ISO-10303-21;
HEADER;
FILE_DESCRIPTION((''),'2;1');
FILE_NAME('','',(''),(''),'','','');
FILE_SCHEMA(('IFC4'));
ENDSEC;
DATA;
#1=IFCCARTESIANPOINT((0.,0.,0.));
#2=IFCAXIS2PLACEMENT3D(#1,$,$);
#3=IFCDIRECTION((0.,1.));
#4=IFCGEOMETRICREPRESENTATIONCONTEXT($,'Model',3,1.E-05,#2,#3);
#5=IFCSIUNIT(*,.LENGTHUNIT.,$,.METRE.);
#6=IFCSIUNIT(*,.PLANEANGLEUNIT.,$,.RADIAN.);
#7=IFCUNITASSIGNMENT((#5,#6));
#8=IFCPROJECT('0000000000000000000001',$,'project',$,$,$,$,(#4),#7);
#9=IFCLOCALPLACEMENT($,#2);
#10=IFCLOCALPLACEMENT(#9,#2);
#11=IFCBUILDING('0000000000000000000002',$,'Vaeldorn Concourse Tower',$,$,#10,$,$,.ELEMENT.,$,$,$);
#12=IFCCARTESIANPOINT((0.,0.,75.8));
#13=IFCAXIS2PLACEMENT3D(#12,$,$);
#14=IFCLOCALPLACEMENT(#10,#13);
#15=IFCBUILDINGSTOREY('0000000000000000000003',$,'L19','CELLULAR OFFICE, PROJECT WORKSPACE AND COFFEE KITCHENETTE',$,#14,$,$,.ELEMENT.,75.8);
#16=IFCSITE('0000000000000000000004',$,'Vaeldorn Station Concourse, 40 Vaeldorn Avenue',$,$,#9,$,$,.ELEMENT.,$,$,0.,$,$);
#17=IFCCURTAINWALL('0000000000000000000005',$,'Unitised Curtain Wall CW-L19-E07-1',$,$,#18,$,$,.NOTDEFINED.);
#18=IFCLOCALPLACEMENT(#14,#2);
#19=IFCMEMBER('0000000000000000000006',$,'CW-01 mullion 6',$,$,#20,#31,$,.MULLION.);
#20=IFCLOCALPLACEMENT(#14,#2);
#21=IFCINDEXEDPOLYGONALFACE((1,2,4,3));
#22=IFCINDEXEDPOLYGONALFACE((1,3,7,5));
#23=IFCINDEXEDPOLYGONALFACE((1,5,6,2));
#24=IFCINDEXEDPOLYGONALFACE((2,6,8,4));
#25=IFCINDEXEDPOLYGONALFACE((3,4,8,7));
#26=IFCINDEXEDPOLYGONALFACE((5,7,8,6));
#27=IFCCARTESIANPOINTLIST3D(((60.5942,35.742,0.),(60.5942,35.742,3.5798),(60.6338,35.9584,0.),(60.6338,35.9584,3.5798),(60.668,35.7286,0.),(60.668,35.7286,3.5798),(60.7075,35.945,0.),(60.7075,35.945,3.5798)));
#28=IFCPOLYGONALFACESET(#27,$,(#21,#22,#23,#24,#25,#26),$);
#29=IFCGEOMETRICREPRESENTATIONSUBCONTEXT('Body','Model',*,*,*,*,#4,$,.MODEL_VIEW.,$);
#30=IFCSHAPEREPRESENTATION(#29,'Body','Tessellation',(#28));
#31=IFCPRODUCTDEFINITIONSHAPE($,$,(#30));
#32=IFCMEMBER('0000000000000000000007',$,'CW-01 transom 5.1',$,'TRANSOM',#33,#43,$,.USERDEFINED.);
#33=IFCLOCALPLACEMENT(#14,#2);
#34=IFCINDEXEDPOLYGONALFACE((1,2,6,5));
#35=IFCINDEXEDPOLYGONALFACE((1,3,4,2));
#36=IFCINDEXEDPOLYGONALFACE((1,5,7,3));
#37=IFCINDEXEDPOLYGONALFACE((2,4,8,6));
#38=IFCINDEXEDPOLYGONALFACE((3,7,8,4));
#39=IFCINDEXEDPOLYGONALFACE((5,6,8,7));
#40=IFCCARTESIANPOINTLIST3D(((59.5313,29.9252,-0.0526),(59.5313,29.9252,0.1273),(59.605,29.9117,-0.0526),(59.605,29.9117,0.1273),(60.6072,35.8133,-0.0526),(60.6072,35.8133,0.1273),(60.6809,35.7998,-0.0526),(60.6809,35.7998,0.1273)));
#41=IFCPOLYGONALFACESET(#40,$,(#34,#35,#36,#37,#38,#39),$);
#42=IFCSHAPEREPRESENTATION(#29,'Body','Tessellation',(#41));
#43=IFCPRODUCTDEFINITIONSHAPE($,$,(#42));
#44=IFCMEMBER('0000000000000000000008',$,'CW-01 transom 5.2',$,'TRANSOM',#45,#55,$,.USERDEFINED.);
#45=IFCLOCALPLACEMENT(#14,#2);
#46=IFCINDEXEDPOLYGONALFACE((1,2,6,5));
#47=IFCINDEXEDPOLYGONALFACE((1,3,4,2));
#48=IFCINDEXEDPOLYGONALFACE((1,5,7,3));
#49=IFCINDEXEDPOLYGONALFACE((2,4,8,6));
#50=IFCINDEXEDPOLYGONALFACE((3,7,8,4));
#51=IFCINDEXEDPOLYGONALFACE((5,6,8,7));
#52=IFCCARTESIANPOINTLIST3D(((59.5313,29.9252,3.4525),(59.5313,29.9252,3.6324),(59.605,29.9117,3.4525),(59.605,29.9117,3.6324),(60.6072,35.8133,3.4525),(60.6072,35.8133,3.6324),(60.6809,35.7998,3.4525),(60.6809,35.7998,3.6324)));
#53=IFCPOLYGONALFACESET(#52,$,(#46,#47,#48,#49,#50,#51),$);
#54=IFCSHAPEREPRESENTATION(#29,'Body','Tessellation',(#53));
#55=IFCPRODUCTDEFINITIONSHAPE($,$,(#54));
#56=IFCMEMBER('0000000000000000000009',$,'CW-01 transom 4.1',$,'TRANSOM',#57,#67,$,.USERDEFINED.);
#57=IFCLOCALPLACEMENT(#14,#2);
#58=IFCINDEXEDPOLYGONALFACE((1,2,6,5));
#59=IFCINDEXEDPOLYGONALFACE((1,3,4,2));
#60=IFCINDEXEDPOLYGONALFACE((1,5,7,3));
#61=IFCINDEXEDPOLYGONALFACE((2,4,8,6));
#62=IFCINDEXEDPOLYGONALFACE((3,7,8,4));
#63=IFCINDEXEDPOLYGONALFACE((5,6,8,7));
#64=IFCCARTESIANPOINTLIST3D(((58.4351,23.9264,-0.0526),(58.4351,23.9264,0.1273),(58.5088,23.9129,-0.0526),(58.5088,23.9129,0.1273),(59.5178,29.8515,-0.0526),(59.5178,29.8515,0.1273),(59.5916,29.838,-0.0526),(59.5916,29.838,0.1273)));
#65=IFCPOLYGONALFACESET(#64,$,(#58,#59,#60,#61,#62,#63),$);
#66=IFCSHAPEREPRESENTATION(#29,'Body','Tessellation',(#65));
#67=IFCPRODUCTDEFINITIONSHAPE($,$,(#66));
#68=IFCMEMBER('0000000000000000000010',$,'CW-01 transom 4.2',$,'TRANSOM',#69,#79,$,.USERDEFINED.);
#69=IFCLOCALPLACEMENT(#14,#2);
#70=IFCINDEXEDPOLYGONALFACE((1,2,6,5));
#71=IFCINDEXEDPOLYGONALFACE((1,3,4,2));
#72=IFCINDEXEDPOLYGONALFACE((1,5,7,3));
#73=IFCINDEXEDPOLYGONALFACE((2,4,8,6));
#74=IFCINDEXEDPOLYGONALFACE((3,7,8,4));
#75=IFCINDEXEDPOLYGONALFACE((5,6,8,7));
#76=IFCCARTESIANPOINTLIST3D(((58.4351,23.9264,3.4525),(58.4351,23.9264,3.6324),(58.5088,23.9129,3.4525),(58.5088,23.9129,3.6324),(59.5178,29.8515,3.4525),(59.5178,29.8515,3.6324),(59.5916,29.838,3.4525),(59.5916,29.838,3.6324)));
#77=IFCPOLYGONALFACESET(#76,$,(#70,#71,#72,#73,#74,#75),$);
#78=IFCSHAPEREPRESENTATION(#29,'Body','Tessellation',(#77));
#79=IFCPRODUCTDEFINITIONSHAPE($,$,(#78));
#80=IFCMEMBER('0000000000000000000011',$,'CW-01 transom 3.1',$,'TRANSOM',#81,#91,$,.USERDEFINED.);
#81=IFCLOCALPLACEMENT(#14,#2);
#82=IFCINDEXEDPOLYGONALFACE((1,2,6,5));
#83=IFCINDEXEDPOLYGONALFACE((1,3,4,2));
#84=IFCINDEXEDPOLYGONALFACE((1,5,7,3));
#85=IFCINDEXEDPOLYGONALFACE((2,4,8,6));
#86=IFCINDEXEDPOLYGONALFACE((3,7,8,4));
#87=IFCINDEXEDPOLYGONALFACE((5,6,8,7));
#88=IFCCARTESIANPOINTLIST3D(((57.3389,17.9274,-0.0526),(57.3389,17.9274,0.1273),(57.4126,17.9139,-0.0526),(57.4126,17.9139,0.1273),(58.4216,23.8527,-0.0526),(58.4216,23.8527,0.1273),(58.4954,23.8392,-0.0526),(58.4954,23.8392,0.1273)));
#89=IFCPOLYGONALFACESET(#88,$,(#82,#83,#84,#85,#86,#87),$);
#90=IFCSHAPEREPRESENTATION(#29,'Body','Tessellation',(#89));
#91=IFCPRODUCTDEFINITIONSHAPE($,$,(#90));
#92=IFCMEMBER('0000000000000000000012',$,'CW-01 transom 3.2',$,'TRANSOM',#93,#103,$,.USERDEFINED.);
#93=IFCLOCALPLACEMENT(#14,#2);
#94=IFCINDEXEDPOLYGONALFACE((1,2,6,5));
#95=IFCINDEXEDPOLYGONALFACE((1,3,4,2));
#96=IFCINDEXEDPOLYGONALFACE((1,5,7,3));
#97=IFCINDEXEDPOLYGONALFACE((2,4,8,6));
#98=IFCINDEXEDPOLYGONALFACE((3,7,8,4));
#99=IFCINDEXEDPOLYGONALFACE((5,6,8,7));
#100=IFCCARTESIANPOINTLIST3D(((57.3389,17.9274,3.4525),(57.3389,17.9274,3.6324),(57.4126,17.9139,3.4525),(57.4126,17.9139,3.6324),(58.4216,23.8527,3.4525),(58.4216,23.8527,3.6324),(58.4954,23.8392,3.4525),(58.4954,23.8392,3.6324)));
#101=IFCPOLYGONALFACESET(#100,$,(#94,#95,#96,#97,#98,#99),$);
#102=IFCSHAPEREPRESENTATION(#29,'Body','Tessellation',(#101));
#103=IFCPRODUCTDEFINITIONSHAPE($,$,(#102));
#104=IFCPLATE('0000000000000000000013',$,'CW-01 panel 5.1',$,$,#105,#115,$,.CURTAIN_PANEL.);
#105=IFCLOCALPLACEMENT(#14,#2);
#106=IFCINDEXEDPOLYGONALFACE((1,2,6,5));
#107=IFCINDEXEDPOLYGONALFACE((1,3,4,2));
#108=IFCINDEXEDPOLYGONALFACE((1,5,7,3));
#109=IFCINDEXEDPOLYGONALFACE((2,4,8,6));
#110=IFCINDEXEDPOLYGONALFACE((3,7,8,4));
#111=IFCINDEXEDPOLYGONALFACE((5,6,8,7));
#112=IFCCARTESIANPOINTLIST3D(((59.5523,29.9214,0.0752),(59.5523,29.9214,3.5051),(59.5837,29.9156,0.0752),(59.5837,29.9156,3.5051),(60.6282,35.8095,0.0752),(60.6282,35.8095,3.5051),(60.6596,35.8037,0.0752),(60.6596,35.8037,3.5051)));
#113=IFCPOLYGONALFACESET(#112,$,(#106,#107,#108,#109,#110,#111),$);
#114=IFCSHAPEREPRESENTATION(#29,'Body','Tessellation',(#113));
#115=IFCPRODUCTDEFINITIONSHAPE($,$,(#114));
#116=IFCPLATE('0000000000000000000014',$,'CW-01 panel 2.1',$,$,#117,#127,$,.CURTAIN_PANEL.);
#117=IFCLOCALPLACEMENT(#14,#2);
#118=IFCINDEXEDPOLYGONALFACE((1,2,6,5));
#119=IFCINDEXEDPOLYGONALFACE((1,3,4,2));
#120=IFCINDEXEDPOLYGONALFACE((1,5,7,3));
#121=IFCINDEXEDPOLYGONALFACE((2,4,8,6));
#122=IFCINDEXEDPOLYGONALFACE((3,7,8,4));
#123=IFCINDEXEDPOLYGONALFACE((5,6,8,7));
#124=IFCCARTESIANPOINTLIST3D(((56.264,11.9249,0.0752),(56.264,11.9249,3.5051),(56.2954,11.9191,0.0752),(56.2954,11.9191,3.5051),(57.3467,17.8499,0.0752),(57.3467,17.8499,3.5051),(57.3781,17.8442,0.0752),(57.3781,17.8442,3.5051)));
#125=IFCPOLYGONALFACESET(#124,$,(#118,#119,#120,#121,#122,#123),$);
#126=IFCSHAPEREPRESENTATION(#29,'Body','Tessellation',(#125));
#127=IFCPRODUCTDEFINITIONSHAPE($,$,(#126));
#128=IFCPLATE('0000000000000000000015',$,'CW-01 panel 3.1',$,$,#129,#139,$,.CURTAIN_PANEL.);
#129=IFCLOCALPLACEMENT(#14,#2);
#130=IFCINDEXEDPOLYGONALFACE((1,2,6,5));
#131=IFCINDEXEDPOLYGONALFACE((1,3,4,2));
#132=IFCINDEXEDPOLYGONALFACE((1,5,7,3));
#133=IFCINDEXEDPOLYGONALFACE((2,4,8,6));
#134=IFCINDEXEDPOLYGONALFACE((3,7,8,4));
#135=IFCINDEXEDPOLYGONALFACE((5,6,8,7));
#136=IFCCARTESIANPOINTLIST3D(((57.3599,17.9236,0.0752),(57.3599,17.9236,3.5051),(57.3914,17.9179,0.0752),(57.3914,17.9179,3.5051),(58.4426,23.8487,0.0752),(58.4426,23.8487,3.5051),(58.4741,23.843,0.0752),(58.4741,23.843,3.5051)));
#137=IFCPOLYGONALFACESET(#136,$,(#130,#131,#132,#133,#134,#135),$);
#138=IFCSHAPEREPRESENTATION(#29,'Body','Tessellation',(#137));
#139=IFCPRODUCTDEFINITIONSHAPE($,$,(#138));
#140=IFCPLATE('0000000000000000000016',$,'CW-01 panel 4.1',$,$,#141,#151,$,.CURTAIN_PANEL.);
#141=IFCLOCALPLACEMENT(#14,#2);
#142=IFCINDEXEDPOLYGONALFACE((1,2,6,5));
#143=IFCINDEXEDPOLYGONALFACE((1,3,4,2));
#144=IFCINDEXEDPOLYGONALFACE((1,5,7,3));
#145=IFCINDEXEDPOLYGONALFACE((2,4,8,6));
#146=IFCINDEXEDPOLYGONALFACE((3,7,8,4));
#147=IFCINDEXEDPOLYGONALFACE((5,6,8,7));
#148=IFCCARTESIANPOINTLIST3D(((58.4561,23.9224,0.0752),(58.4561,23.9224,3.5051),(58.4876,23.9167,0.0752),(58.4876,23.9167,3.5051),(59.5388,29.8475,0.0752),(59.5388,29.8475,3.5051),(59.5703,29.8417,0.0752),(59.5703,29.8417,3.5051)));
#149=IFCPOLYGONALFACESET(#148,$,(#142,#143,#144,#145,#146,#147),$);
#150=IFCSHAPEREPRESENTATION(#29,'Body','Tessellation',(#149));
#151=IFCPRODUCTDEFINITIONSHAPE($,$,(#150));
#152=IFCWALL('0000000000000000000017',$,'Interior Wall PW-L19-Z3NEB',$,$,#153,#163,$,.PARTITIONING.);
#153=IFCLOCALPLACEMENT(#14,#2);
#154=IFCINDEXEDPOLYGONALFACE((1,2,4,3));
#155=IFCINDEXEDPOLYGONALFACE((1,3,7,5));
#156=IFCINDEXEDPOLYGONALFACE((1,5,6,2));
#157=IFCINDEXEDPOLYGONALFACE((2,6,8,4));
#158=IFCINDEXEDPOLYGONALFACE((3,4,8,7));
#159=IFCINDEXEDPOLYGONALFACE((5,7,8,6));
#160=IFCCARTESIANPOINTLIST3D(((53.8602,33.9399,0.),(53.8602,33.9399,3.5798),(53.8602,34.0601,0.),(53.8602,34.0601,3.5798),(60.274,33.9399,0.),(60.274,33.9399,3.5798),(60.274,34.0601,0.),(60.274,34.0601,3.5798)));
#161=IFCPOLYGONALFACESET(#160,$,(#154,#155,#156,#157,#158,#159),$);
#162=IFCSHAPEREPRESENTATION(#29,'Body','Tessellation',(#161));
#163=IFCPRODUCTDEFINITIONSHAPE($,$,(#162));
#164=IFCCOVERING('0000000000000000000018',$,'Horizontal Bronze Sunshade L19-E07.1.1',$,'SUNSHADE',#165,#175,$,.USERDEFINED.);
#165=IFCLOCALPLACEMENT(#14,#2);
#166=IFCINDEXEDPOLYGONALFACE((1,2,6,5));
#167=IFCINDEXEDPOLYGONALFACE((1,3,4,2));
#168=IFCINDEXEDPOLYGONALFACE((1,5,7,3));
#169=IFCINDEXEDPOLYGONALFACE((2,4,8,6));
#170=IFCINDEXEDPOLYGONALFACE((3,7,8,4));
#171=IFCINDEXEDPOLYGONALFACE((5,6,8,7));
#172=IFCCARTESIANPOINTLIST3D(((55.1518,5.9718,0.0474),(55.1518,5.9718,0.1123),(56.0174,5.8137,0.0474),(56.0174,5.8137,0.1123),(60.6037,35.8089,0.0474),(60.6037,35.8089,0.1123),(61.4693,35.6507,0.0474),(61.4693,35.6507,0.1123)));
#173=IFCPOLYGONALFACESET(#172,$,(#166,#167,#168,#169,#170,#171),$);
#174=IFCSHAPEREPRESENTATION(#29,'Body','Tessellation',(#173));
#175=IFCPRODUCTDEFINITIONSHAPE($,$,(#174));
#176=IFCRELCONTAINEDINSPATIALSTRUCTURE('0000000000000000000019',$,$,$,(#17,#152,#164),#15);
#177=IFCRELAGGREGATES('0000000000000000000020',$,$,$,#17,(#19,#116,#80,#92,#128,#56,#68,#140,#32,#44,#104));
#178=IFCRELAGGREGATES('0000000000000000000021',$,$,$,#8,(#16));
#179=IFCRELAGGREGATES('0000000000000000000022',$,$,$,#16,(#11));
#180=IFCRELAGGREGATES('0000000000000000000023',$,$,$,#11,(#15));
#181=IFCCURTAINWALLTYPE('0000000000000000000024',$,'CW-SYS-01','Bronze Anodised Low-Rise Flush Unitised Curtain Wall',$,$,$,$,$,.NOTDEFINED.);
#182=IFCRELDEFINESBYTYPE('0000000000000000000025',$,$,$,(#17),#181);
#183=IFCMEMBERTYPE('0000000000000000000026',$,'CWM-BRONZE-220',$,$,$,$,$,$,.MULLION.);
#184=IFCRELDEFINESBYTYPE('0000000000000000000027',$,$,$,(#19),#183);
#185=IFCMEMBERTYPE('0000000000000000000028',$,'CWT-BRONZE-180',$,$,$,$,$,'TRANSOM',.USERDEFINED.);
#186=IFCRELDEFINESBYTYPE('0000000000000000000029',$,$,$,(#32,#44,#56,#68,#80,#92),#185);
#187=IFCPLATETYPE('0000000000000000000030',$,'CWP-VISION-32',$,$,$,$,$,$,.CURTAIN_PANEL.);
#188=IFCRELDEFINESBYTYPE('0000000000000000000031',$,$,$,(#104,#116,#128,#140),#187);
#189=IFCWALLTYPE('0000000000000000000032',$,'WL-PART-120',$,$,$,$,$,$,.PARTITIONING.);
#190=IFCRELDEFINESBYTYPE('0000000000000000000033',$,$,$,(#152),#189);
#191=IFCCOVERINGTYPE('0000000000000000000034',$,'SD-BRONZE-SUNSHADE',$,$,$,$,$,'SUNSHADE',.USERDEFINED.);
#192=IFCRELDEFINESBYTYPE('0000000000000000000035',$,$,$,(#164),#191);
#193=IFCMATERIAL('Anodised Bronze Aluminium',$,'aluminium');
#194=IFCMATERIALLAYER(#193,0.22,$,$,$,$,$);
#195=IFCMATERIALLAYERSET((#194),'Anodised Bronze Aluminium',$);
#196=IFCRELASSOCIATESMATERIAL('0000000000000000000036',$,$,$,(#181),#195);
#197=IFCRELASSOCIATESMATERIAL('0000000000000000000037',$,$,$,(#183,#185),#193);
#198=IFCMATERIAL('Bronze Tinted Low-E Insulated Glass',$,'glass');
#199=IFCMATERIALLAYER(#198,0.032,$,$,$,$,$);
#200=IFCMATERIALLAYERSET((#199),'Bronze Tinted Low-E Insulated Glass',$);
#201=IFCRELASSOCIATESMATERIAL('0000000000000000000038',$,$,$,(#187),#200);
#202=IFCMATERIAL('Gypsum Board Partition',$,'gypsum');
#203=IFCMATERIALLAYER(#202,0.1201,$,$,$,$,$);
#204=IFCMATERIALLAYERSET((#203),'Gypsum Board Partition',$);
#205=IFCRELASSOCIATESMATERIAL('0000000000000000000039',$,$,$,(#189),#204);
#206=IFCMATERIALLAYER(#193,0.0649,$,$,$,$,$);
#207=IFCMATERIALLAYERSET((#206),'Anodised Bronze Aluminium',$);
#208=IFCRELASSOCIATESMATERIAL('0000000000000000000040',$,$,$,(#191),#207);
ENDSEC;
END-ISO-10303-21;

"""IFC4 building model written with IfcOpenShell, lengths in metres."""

from ifc_helpers import new_model, si_unit, direction, frame, frame_2d, origin, origin_2d, place, context, subcontext, project, spatial, rectangle, extrude, source, transform, mapped, material, layer, layer_set, material_profile, profile_set, type_object, element, aggregate, save


model = new_model("IFC4")

# Units and contexts
model_context = context("Model", 3, precision=1e-05, world=origin(), true_north=direction((0.0, 1.0)))
body_context = subcontext(model_context, "Body", "Model", "MODEL_VIEW")
ifc_project = project(units=[si_unit("LENGTHUNIT", "METRE"), si_unit("PLANEANGLEUNIT", "RADIAN")], contexts=[model_context])

# Site, building, storey
site_placement = place(None, origin())
site = spatial("IfcSite", under=ifc_project, at=site_placement, Name="Vaeldorn Station Concourse, 40 Vaeldorn Avenue", CompositionType="ELEMENT", RefElevation=0.0)
building_placement = place(site_placement, origin())
building = spatial("IfcBuilding", under=site, at=building_placement, Name="Vaeldorn Concourse Tower", CompositionType="ELEMENT")
storey_placement = place(building_placement, frame((0.0, 0.0, 75.8)))
storey = spatial("IfcBuildingStorey", under=building, at=storey_placement, Name="L19", Description="CELLULAR OFFICE, PROJECT WORKSPACE AND COFFEE KITCHENETTE", CompositionType="ELEMENT", Elevation=75.8)

# Curtain wall, members, plates
ifc_material_1 = material(Name="Anodised Bronze Aluminium", Category="aluminium")
ifc_layer_1 = layer(ifc_material_1, 0.22)
ifc_layer_set_1 = layer_set([ifc_layer_1], Name="Anodised Bronze Aluminium")
curtain_wall_type = type_object("IfcCurtainWallType", Name="CW-SYS-01", Description="Bronze Anodised Low-Rise Flush Unitised Curtain Wall", PredefinedType="NOTDEFINED", material=ifc_layer_set_1)
curtain_wall_placement = place(storey_placement, origin())
curtain_wall = element("IfcCurtainWall", 1, at=curtain_wall_placement, inside=storey, type_object=curtain_wall_type, Name="Unitised Curtain Wall CW-L19-E07-1", PredefinedType="NOTDEFINED")
ifc_material_profile_1 = material_profile(ifc_material_1, rectangle(XDim=0.075, YDim=0.22, at=origin_2d()), Name="CWM 75x220")
ifc_profile_set_1 = profile_set([ifc_material_profile_1], Name="Anodised Bronze Aluminium")
member_type_1 = type_object("IfcMemberType", Name="CWM-BRONZE-220", PredefinedType="MULLION", material=ifc_profile_set_1)
shared_shape_1 = source(origin(), body_context, "Body", "SweptSolid", [
    extrude(rectangle(XDim=0.075, YDim=0.22, at=origin_2d()), origin(), (0.0, 0.0, 1.0), 3.5798),
])
member_1_placement = place(storey_placement, frame((60.6509, 35.8435, 0.0), z_axis=(0.0, 0.0, 1.0), x_axis=(-0.983712, 0.179751, 0.0)))
member_1 = element("IfcMember", 2, at=member_1_placement, type_object=member_type_1, Name="CW-01 mullion 6", PredefinedType="MULLION", context=body_context, shape_type="MappedRepresentation", body=[
    mapped(shared_shape_1, transform((0.0, 0.0, 0.0), scale=1.0)),
])
ifc_material_profile_2 = material_profile(ifc_material_1, rectangle(XDim=0.075, YDim=0.1799, at=origin_2d()), Name="CWT 75x180")
ifc_profile_set_2 = profile_set([ifc_material_profile_2], Name="Anodised Bronze Aluminium")
member_type_2 = type_object("IfcMemberType", Name="CWT-BRONZE-180", ElementType="TRANSOM", PredefinedType="USERDEFINED", material=ifc_profile_set_2)
shared_shape_2 = source(origin(), body_context, "Body", "SweptSolid", [
    extrude(rectangle(XDim=0.075, YDim=0.1799, at=origin_2d()), origin(), (0.0, 0.0, 1.0), 5.9856),
])
member_2_placement = place(storey_placement, frame((59.5681, 29.9185, 0.0374), z_axis=(0.17975, 0.983712, 0.0), x_axis=(-0.983712, 0.17975, 0.0)))
member_2 = element("IfcMember", 3, at=member_2_placement, type_object=member_type_2, Name="CW-01 transom 5.1", ObjectType="TRANSOM", PredefinedType="USERDEFINED", context=body_context, shape_type="MappedRepresentation", body=[
    mapped(shared_shape_2, transform((0.0, 0.0, 0.0), scale=1.0)),
])
member_3_placement = place(storey_placement, frame((59.5681, 29.9185, 3.5425), z_axis=(0.17975, 0.983712, 0.0), x_axis=(-0.983712, 0.17975, 0.0)))
member_3 = element("IfcMember", 4, at=member_3_placement, type_object=member_type_2, Name="CW-01 transom 5.2", ObjectType="TRANSOM", PredefinedType="USERDEFINED", context=body_context, shape_type="MappedRepresentation", body=[
    mapped(shared_shape_2, transform((0.0, 0.0, 0.0), scale=1.0)),
])
shared_shape_3 = source(origin(), body_context, "Body", "SweptSolid", [
    extrude(rectangle(XDim=0.075, YDim=0.1799, at=origin_2d()), origin(), (0.0, 0.0, 1.0), 6.0232),
])
member_4_placement = place(storey_placement, frame((58.4719, 23.9197, 0.0374), z_axis=(0.179766, 0.983709, 0.0), x_axis=(-0.983709, 0.179766, 0.0)))
member_4 = element("IfcMember", 5, at=member_4_placement, type_object=member_type_2, Name="CW-01 transom 4.1", ObjectType="TRANSOM", PredefinedType="USERDEFINED", context=body_context, shape_type="MappedRepresentation", body=[
    mapped(shared_shape_3, transform((0.0, 0.0, 0.0), scale=1.0)),
])
member_5_placement = place(storey_placement, frame((58.4719, 23.9197, 3.5425), z_axis=(0.179766, 0.983709, 0.0), x_axis=(-0.983709, 0.179766, 0.0)))
member_5 = element("IfcMember", 6, at=member_5_placement, type_object=member_type_2, Name="CW-01 transom 4.2", ObjectType="TRANSOM", PredefinedType="USERDEFINED", context=body_context, shape_type="MappedRepresentation", body=[
    mapped(shared_shape_3, transform((0.0, 0.0, 0.0), scale=1.0)),
])
shared_shape_4 = source(origin(), body_context, "Body", "SweptSolid", [
    extrude(rectangle(XDim=0.075, YDim=0.1799, at=origin_2d()), origin(), (0.0, 0.0, 1.0), 6.0234),
])
member_6_placement = place(storey_placement, frame((57.3757, 17.9207, 0.0374), z_axis=(0.179759, 0.983711, 0.0), x_axis=(-0.983711, 0.179759, 0.0)))
member_6 = element("IfcMember", 7, at=member_6_placement, type_object=member_type_2, Name="CW-01 transom 3.1", ObjectType="TRANSOM", PredefinedType="USERDEFINED", context=body_context, shape_type="MappedRepresentation", body=[
    mapped(shared_shape_4, transform((0.0, 0.0, 0.0), scale=1.0)),
])
member_7_placement = place(storey_placement, frame((57.3757, 17.9207, 3.5425), z_axis=(0.179759, 0.983711, 0.0), x_axis=(-0.983711, 0.179759, 0.0)))
member_7 = element("IfcMember", 8, at=member_7_placement, type_object=member_type_2, Name="CW-01 transom 3.2", ObjectType="TRANSOM", PredefinedType="USERDEFINED", context=body_context, shape_type="MappedRepresentation", body=[
    mapped(shared_shape_4, transform((0.0, 0.0, 0.0), scale=1.0)),
])
ifc_material_2 = material(Name="Bronze Tinted Low-E Insulated Glass", Category="glass")
ifc_layer_2 = layer(ifc_material_2, 0.032)
ifc_layer_set_2 = layer_set([ifc_layer_2], Name="Bronze Tinted Low-E Insulated Glass")
plate_type = type_object("IfcPlateType", Name="CWP-VISION-32", PredefinedType="CURTAIN_PANEL", material=ifc_layer_set_2)
shared_shape_5 = source(origin(), body_context, "Body", "SweptSolid", [
    extrude(rectangle(XDim=5.9856, YDim=0.032, at=origin_2d()), origin(), (0.0, 0.0, 1.0), 3.4299),
])
plate_1_placement = place(storey_placement, frame((60.106, 32.8625, 0.0752), z_axis=(0.0, 0.0, 1.0), x_axis=(0.179751, 0.983712, 0.0)))
plate_1 = element("IfcPlate", 9, at=plate_1_placement, type_object=plate_type, Name="CW-01 panel 5.1", PredefinedType="CURTAIN_PANEL", context=body_context, shape_type="MappedRepresentation", body=[
    mapped(shared_shape_5, transform((0.0, 0.0, 0.0), scale=1.0)),
])
shared_shape_6 = source(origin(), body_context, "Body", "SweptSolid", [
    extrude(rectangle(XDim=6.0232, YDim=0.032, at=origin_2d()), origin(), (0.0, 0.0, 1.0), 3.4299),
])
plate_2_placement = place(storey_placement, frame((56.821, 14.8845, 0.0752), z_axis=(0.0, 0.0, 1.0), x_axis=(0.179751, 0.983712, 0.0)))
plate_2 = element("IfcPlate", 10, at=plate_2_placement, type_object=plate_type, Name="CW-01 panel 2.1", PredefinedType="CURTAIN_PANEL", context=body_context, shape_type="MappedRepresentation", body=[
    mapped(shared_shape_6, transform((0.0, 0.0, 0.0), scale=1.0)),
])
plate_3_placement = place(storey_placement, frame((57.917, 20.8833, 0.0752), z_axis=(0.0, 0.0, 1.0), x_axis=(0.179751, 0.983712, 0.0)))
plate_3 = element("IfcPlate", 11, at=plate_3_placement, type_object=plate_type, Name="CW-01 panel 3.1", PredefinedType="CURTAIN_PANEL", context=body_context, shape_type="MappedRepresentation", body=[
    mapped(shared_shape_6, transform((0.0, 0.0, 0.0), scale=1.0)),
])
plate_4_placement = place(storey_placement, frame((59.0132, 26.8821, 0.0752), z_axis=(0.0, 0.0, 1.0), x_axis=(0.179751, 0.983712, 0.0)))
plate_4 = element("IfcPlate", 12, at=plate_4_placement, type_object=plate_type, Name="CW-01 panel 4.1", PredefinedType="CURTAIN_PANEL", context=body_context, shape_type="MappedRepresentation", body=[
    mapped(shared_shape_6, transform((0.0, 0.0, 0.0), scale=1.0)),
])
aggregate(curtain_wall, [member_1, plate_2, member_6, member_7, plate_3, member_4, member_5, plate_4, member_2, member_3, plate_1])

# Shared definitions
ifc_material_3 = material(Name="Gypsum Board Partition", Category="gypsum")
ifc_layer_3 = layer(ifc_material_3, 0.1201)
ifc_layer_set_3 = layer_set([ifc_layer_3], Name="Gypsum Board Partition")
wall_type = type_object("IfcWallType", Name="WL-PART-120", PredefinedType="PARTITIONING", material=ifc_layer_set_3)

# Wall
wall_1_placement = place(storey_placement, frame((53.8601, 34.0, 0.0), z_axis=(0.0, 0.0, 1.0), x_axis=(1.0, 0.0, 0.0)))
element("IfcWall", 13, at=wall_1_placement, inside=storey, type_object=wall_type, Name="Interior Wall PW-L19-Z3NEB", PredefinedType="PARTITIONING", context=body_context, shape_type="SweptSolid", body=[
    extrude(rectangle(XDim=6.4138, YDim=0.1201, at=frame_2d((3.207, 0.0))), origin(), (0.0, 0.0, 1.0), 3.5798),
])

# Covering
ifc_layer_4 = layer(ifc_material_1, 0.0649)
ifc_layer_set_4 = layer_set([ifc_layer_4], Name="Anodised Bronze Aluminium")
covering_type = type_object("IfcCoveringType", Name="SD-BRONZE-SUNSHADE", ElementType="SUNSHADE", PredefinedType="USERDEFINED", material=ifc_layer_set_4)
shared_shape_7 = source(origin(), body_context, "Body", "SweptSolid", [
    extrude(rectangle(XDim=30.3311, YDim=0.8799, at=origin_2d()), origin(), (0.0, 0.0, 1.0), 0.0649),
])
for number, where, z_axis, x_axis, name in (
    (14, (58.3105, 20.8113, 0.0474), (0.0, 0.0, 1.0), (0.179747, 0.983713, 0.0), "Horizontal Bronze Sunshade L19-E07.1.1"),
):
    element("IfcCovering", number, at=place(storey_placement, frame(where, z_axis=z_axis, x_axis=x_axis)), inside=storey, type_object=covering_type, Name=name, ObjectType="SUNSHADE", PredefinedType="USERDEFINED", context=body_context, shape_type="MappedRepresentation", body=[
        mapped(shared_shape_7, transform((0.0, 0.0, 0.0), scale=1.0)),
    ])

save(model, "model.ifc")
